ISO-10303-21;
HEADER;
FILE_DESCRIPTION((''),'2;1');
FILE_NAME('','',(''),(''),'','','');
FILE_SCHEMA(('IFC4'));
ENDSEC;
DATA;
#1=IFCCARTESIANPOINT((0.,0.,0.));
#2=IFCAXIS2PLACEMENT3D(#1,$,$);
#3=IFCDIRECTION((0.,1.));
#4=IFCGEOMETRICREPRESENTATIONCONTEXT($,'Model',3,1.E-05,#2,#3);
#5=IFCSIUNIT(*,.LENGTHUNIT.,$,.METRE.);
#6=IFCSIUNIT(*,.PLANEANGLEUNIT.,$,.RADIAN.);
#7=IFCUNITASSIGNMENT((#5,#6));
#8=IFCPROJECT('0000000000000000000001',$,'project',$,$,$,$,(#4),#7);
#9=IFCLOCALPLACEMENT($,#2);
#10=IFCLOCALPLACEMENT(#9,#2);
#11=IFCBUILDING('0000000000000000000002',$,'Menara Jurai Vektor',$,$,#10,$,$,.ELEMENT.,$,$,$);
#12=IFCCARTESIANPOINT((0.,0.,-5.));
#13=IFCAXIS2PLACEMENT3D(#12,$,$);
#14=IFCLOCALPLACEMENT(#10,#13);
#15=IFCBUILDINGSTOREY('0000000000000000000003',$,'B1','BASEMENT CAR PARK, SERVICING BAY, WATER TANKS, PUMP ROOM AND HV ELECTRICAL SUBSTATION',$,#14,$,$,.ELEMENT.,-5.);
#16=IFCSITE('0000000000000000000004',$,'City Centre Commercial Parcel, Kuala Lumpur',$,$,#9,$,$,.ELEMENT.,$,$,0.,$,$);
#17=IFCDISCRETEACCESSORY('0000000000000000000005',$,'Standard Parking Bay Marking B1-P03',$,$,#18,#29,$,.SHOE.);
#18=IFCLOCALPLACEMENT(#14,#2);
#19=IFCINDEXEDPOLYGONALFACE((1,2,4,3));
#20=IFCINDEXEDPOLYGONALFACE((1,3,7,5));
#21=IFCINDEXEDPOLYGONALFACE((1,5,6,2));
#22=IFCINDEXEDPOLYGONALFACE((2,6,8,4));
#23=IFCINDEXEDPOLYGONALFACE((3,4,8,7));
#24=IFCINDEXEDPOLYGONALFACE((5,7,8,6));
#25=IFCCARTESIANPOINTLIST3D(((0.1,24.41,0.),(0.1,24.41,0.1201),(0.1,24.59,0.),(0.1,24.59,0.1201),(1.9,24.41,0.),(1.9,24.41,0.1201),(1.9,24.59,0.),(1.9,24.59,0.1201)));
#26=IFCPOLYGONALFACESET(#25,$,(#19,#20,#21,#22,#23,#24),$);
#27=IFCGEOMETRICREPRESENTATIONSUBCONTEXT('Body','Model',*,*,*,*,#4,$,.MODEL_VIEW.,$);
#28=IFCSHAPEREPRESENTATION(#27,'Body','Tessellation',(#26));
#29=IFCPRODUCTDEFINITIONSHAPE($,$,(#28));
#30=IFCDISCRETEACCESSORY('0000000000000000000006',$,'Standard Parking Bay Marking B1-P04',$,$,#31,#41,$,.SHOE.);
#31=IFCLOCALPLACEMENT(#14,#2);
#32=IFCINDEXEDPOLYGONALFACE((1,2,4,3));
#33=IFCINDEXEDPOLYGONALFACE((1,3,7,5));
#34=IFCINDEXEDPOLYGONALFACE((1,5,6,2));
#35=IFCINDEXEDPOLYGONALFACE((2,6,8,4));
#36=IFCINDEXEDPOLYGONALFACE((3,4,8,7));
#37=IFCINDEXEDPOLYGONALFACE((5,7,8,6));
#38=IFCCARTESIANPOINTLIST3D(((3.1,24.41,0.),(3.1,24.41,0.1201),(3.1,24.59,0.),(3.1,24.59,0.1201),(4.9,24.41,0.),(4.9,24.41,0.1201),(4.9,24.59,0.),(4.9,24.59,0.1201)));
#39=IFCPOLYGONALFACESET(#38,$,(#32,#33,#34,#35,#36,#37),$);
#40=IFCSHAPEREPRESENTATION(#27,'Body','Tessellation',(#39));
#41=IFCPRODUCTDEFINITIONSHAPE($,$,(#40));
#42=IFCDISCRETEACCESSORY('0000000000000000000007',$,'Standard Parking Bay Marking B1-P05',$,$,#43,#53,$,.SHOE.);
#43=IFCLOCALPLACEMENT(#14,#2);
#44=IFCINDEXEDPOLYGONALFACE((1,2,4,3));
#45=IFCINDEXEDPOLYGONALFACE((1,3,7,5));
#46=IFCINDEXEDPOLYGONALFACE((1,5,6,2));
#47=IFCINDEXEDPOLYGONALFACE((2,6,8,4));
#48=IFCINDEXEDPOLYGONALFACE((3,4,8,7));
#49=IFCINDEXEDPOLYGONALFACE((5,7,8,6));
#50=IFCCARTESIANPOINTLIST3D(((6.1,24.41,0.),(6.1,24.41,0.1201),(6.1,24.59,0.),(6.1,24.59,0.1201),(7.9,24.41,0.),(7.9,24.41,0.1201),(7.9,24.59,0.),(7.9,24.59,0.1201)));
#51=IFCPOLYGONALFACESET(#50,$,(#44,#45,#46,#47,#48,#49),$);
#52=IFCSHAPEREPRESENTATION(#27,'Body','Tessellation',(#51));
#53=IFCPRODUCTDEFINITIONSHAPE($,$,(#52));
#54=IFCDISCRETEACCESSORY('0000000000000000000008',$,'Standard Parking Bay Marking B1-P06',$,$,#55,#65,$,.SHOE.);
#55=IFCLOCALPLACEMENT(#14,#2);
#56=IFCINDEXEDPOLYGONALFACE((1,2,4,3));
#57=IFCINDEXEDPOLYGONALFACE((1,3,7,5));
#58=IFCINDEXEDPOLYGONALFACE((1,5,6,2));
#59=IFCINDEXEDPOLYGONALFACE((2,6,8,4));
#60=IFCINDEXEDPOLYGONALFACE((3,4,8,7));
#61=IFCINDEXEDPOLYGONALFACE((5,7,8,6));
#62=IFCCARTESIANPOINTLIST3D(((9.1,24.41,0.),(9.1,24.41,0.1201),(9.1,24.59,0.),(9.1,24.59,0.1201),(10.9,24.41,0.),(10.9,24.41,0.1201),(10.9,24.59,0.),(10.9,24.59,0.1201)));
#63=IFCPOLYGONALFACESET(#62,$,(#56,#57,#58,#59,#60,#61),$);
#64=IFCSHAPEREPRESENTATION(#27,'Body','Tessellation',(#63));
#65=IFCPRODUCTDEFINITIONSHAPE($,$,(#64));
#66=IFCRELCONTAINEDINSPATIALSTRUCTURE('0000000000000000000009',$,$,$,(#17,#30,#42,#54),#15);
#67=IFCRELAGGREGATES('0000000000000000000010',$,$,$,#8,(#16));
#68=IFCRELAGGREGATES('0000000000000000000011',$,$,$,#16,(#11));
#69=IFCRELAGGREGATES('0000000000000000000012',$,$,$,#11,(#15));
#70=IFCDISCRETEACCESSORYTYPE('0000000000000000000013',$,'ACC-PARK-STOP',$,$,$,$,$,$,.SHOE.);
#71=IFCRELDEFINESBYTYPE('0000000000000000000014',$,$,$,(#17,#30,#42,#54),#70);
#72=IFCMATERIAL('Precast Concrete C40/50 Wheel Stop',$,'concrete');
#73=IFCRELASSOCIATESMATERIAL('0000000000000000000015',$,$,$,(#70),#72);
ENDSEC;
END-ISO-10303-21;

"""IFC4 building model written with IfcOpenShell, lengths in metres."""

from ifc_helpers import new_model, si_unit, direction, frame, origin, origin_2d, place, context, subcontext, project, spatial, rectangle, extrude, material, type_object, element, save


model = new_model("IFC4")

# Units and contexts
model_context = context("Model", 3, precision=1e-05, world=origin(), true_north=direction((0.0, 1.0)))
body_context = subcontext(model_context, "Body", "Model", "MODEL_VIEW")
ifc_project = project(units=[si_unit("LENGTHUNIT", "METRE"), si_unit("PLANEANGLEUNIT", "RADIAN")], contexts=[model_context])

# Site, building, storey
site_placement = place(None, origin())
site = spatial("IfcSite", under=ifc_project, at=site_placement, Name="City Centre Commercial Parcel, Kuala Lumpur", CompositionType="ELEMENT", RefElevation=0.0)
building_placement = place(site_placement, origin())
building = spatial("IfcBuilding", under=site, at=building_placement, Name="Menara Jurai Vektor", CompositionType="ELEMENT")
storey_placement = place(building_placement, frame((0.0, 0.0, -5.0)))
storey = spatial("IfcBuildingStorey", under=building, at=storey_placement, Name="B1", Description="BASEMENT CAR PARK, SERVICING BAY, WATER TANKS, PUMP ROOM AND HV ELECTRICAL SUBSTATION", CompositionType="ELEMENT", Elevation=-5.0)

# Discrete accessories
ifc_material_1 = material(Name="Precast Concrete C40/50 Wheel Stop", Category="concrete")
discrete_accessory_type = type_object("IfcDiscreteAccessoryType", Name="ACC-PARK-STOP", PredefinedType="SHOE", material=ifc_material_1)
for number, where, z_axis, x_axis, name in (
    (1, (1.0, 24.5, 0.0), (0.0, 0.0, 1.0), (1.0, 0.0, 0.0), "Standard Parking Bay Marking B1-P03"),
    (2, (4.0, 24.5, 0.0), (0.0, 0.0, 1.0), (1.0, 0.0, 0.0), "Standard Parking Bay Marking B1-P04"),
    (3, (7.0, 24.5, 0.0), (0.0, 0.0, 1.0), (1.0, 0.0, 0.0), "Standard Parking Bay Marking B1-P05"),
    (4, (10.0, 24.5, 0.0), (0.0, 0.0, 1.0), (1.0, 0.0, 0.0), "Standard Parking Bay Marking B1-P06"),
):
    element("IfcDiscreteAccessory", number, at=place(storey_placement, frame(where, z_axis=z_axis, x_axis=x_axis)), inside=storey, type_object=discrete_accessory_type, Name=name, PredefinedType="SHOE", context=body_context, shape_type="SweptSolid", body=[
        extrude(rectangle(XDim=1.8, YDim=0.1799, at=origin_2d()), origin(), (0.0, 0.0, 1.0), 0.1201),
    ])

save(model, "model.ifc")
